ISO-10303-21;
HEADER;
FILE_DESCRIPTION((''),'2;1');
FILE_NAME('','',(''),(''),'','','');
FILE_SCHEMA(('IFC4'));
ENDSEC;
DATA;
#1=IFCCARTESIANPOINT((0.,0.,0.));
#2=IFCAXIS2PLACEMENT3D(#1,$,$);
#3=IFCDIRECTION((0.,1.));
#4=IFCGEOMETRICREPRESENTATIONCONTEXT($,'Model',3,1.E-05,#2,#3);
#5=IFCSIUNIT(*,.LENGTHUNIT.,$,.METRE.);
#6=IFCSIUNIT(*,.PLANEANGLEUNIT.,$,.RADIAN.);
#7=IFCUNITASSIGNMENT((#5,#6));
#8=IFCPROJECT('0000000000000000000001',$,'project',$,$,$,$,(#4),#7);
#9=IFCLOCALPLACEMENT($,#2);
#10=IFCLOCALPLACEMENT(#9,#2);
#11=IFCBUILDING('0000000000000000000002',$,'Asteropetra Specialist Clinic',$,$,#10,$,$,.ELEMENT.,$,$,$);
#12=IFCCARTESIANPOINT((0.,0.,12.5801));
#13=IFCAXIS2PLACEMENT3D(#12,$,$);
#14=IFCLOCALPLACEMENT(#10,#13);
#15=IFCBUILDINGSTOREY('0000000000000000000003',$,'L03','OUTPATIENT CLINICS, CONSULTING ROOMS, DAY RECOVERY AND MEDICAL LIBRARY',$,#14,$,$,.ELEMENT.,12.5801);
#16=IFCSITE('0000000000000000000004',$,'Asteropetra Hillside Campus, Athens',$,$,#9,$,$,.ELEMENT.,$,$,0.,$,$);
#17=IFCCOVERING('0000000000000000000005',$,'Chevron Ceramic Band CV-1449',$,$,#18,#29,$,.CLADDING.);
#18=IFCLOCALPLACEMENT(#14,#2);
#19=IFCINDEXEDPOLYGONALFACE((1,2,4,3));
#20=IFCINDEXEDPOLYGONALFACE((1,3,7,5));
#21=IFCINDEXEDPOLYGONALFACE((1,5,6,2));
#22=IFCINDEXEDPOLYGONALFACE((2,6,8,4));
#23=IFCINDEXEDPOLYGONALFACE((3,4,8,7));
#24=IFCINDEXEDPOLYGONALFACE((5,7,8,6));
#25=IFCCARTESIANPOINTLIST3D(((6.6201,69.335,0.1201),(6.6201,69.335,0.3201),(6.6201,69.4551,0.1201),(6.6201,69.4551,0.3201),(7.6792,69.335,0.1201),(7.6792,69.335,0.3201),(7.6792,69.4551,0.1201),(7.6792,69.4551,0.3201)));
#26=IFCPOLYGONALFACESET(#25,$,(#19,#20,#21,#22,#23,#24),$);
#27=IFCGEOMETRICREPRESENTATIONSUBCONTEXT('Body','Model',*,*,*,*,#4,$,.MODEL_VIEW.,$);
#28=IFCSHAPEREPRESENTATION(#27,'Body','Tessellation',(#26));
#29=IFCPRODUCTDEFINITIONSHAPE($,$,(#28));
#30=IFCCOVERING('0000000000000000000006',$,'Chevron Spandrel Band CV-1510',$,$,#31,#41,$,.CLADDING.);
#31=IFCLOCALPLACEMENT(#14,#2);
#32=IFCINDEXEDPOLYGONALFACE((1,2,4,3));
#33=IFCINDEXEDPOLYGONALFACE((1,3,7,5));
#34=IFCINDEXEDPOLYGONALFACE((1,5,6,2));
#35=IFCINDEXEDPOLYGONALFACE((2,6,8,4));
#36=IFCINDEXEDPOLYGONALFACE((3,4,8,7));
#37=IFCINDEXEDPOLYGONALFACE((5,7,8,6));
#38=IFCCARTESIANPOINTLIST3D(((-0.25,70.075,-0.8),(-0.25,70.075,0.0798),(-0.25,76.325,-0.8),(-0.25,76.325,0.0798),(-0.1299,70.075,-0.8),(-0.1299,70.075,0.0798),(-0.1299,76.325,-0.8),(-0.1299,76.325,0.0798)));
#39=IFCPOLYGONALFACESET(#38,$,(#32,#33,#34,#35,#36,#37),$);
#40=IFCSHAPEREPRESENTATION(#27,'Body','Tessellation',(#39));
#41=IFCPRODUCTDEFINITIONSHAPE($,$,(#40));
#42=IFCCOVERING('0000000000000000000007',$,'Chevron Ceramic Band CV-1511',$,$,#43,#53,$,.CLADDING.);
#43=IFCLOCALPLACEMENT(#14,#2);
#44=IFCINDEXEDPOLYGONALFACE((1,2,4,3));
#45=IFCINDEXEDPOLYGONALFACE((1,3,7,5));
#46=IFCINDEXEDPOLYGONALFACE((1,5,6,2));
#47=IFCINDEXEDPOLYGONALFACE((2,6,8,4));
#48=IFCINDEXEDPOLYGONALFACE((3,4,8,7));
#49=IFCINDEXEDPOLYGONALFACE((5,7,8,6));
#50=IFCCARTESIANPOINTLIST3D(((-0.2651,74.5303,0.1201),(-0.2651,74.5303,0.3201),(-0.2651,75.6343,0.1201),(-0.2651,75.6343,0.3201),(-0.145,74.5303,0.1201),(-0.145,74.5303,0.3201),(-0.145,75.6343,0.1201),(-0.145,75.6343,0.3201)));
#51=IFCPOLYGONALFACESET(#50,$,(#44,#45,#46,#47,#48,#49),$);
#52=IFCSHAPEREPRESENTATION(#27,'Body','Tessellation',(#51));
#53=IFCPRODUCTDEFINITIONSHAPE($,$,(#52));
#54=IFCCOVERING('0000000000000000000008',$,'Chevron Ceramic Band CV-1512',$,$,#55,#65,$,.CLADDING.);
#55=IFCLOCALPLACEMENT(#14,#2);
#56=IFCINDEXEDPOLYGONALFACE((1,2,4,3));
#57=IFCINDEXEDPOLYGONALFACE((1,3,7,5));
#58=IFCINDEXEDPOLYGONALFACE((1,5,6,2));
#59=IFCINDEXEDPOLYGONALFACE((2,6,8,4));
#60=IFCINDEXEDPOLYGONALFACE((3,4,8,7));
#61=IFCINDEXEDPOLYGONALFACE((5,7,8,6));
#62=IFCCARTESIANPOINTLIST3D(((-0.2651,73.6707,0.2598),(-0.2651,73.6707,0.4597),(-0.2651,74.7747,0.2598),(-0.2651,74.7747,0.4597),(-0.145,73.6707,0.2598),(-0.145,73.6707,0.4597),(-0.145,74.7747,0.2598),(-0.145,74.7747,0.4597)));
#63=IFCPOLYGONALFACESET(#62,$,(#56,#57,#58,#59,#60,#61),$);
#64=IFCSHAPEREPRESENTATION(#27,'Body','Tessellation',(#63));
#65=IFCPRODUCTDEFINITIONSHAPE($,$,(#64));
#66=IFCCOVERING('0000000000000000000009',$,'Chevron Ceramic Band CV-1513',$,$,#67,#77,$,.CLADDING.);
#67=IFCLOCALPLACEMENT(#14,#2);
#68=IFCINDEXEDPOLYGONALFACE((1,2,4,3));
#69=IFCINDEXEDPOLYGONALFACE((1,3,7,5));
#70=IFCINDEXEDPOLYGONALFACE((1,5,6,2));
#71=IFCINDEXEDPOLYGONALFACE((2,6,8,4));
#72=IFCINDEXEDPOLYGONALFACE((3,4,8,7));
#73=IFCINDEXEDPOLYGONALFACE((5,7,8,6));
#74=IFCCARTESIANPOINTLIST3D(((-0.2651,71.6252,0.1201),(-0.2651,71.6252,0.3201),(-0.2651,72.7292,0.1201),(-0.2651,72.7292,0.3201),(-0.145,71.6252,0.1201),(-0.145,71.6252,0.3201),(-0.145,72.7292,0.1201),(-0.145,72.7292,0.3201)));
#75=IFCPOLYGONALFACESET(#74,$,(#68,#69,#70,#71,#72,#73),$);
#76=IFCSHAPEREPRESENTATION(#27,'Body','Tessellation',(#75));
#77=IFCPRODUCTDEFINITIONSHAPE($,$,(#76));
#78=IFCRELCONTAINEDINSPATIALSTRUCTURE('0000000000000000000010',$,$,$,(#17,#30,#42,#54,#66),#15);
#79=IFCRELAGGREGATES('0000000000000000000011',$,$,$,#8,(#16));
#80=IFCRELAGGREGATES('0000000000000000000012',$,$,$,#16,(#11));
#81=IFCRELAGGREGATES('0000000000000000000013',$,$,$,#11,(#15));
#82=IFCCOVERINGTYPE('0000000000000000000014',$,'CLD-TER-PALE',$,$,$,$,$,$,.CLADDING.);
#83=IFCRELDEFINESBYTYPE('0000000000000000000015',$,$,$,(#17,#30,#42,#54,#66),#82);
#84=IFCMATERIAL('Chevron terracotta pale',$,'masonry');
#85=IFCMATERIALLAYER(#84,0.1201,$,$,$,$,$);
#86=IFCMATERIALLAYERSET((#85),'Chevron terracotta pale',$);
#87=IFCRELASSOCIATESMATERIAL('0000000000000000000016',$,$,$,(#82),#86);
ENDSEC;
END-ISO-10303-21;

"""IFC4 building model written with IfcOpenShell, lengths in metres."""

from ifc_helpers import new_model, si_unit, direction, frame, origin, origin_2d, place, context, subcontext, project, spatial, rectangle, extrude, material, layer, layer_set, type_object, element, save


model = new_model("IFC4")

# Units and contexts
model_context = context("Model", 3, precision=1e-05, world=origin(), true_north=direction((0.0, 1.0)))
body_context = subcontext(model_context, "Body", "Model", "MODEL_VIEW")
ifc_project = project(units=[si_unit("LENGTHUNIT", "METRE"), si_unit("PLANEANGLEUNIT", "RADIAN")], contexts=[model_context])

# Site, building, storey
site_placement = place(None, origin())
site = spatial("IfcSite", under=ifc_project, at=site_placement, Name="Asteropetra Hillside Campus, Athens", CompositionType="ELEMENT", RefElevation=0.0)
building_placement = place(site_placement, origin())
building = spatial("IfcBuilding", under=site, at=building_placement, Name="Asteropetra Specialist Clinic", CompositionType="ELEMENT")
storey_placement = place(building_placement, frame((0.0, 0.0, 12.5801)))
storey = spatial("IfcBuildingStorey", under=building, at=storey_placement, Name="L03", Description="OUTPATIENT CLINICS, CONSULTING ROOMS, DAY RECOVERY AND MEDICAL LIBRARY", CompositionType="ELEMENT", Elevation=12.5801)

# Coverings
ifc_material_1 = material(Name="Chevron terracotta pale", Category="masonry")
ifc_layer_1 = layer(ifc_material_1, 0.1201)
ifc_layer_set_1 = layer_set([ifc_layer_1], Name="Chevron terracotta pale")
covering_type = type_object("IfcCoveringType", Name="CLD-TER-PALE", PredefinedType="CLADDING", material=ifc_layer_set_1)
for number, where, z_axis, x_axis, name in (
    (1, (7.1497, 69.395, 0.1201), (0.0, 0.0, 1.0), (1.0, 0.0, 0.0), "Chevron Ceramic Band CV-1449"),
):
    element("IfcCovering", number, at=place(storey_placement, frame(where, z_axis=z_axis, x_axis=x_axis)), inside=storey, type_object=covering_type, Name=name, PredefinedType="CLADDING", context=body_context, shape_type="SweptSolid", body=[
        extrude(rectangle(XDim=1.0591, YDim=0.1201, at=origin_2d()), origin(), (0.0, 0.0, 1.0), 0.2),
    ])
covering_1_placement = place(storey_placement, frame((-0.1899, 73.2, -0.8), z_axis=(0.0, 0.0, 1.0), x_axis=(1.0, 0.0, 0.0)))
element("IfcCovering", 2, at=covering_1_placement, inside=storey, type_object=covering_type, Name="Chevron Spandrel Band CV-1510", PredefinedType="CLADDING", context=body_context, shape_type="SweptSolid", body=[
    extrude(rectangle(XDim=0.1201, YDim=6.25, at=origin_2d()), origin(), (0.0, 0.0, 1.0), 0.8799),
])
for number, where, z_axis, x_axis, name in (
    (3, (-0.2051, 75.0823, 0.1201), (0.0, 0.0, 1.0), (1.0, 0.0, 0.0), "Chevron Ceramic Band CV-1511"),
    (4, (-0.2051, 74.2227, 0.2598), (0.0, 0.0, 1.0), (1.0, 0.0, 0.0), "Chevron Ceramic Band CV-1512"),
    (5, (-0.2051, 72.1772, 0.1201), (0.0, 0.0, 1.0), (1.0, 0.0, 0.0), "Chevron Ceramic Band CV-1513"),
):
    element("IfcCovering", number, at=place(storey_placement, frame(where, z_axis=z_axis, x_axis=x_axis)), inside=storey, type_object=covering_type, Name=name, PredefinedType="CLADDING", context=body_context, shape_type="SweptSolid", body=[
        extrude(rectangle(XDim=0.1201, YDim=1.104, at=origin_2d()), origin(), (0.0, 0.0, 1.0), 0.2),
    ])

save(model, "model.ifc")
